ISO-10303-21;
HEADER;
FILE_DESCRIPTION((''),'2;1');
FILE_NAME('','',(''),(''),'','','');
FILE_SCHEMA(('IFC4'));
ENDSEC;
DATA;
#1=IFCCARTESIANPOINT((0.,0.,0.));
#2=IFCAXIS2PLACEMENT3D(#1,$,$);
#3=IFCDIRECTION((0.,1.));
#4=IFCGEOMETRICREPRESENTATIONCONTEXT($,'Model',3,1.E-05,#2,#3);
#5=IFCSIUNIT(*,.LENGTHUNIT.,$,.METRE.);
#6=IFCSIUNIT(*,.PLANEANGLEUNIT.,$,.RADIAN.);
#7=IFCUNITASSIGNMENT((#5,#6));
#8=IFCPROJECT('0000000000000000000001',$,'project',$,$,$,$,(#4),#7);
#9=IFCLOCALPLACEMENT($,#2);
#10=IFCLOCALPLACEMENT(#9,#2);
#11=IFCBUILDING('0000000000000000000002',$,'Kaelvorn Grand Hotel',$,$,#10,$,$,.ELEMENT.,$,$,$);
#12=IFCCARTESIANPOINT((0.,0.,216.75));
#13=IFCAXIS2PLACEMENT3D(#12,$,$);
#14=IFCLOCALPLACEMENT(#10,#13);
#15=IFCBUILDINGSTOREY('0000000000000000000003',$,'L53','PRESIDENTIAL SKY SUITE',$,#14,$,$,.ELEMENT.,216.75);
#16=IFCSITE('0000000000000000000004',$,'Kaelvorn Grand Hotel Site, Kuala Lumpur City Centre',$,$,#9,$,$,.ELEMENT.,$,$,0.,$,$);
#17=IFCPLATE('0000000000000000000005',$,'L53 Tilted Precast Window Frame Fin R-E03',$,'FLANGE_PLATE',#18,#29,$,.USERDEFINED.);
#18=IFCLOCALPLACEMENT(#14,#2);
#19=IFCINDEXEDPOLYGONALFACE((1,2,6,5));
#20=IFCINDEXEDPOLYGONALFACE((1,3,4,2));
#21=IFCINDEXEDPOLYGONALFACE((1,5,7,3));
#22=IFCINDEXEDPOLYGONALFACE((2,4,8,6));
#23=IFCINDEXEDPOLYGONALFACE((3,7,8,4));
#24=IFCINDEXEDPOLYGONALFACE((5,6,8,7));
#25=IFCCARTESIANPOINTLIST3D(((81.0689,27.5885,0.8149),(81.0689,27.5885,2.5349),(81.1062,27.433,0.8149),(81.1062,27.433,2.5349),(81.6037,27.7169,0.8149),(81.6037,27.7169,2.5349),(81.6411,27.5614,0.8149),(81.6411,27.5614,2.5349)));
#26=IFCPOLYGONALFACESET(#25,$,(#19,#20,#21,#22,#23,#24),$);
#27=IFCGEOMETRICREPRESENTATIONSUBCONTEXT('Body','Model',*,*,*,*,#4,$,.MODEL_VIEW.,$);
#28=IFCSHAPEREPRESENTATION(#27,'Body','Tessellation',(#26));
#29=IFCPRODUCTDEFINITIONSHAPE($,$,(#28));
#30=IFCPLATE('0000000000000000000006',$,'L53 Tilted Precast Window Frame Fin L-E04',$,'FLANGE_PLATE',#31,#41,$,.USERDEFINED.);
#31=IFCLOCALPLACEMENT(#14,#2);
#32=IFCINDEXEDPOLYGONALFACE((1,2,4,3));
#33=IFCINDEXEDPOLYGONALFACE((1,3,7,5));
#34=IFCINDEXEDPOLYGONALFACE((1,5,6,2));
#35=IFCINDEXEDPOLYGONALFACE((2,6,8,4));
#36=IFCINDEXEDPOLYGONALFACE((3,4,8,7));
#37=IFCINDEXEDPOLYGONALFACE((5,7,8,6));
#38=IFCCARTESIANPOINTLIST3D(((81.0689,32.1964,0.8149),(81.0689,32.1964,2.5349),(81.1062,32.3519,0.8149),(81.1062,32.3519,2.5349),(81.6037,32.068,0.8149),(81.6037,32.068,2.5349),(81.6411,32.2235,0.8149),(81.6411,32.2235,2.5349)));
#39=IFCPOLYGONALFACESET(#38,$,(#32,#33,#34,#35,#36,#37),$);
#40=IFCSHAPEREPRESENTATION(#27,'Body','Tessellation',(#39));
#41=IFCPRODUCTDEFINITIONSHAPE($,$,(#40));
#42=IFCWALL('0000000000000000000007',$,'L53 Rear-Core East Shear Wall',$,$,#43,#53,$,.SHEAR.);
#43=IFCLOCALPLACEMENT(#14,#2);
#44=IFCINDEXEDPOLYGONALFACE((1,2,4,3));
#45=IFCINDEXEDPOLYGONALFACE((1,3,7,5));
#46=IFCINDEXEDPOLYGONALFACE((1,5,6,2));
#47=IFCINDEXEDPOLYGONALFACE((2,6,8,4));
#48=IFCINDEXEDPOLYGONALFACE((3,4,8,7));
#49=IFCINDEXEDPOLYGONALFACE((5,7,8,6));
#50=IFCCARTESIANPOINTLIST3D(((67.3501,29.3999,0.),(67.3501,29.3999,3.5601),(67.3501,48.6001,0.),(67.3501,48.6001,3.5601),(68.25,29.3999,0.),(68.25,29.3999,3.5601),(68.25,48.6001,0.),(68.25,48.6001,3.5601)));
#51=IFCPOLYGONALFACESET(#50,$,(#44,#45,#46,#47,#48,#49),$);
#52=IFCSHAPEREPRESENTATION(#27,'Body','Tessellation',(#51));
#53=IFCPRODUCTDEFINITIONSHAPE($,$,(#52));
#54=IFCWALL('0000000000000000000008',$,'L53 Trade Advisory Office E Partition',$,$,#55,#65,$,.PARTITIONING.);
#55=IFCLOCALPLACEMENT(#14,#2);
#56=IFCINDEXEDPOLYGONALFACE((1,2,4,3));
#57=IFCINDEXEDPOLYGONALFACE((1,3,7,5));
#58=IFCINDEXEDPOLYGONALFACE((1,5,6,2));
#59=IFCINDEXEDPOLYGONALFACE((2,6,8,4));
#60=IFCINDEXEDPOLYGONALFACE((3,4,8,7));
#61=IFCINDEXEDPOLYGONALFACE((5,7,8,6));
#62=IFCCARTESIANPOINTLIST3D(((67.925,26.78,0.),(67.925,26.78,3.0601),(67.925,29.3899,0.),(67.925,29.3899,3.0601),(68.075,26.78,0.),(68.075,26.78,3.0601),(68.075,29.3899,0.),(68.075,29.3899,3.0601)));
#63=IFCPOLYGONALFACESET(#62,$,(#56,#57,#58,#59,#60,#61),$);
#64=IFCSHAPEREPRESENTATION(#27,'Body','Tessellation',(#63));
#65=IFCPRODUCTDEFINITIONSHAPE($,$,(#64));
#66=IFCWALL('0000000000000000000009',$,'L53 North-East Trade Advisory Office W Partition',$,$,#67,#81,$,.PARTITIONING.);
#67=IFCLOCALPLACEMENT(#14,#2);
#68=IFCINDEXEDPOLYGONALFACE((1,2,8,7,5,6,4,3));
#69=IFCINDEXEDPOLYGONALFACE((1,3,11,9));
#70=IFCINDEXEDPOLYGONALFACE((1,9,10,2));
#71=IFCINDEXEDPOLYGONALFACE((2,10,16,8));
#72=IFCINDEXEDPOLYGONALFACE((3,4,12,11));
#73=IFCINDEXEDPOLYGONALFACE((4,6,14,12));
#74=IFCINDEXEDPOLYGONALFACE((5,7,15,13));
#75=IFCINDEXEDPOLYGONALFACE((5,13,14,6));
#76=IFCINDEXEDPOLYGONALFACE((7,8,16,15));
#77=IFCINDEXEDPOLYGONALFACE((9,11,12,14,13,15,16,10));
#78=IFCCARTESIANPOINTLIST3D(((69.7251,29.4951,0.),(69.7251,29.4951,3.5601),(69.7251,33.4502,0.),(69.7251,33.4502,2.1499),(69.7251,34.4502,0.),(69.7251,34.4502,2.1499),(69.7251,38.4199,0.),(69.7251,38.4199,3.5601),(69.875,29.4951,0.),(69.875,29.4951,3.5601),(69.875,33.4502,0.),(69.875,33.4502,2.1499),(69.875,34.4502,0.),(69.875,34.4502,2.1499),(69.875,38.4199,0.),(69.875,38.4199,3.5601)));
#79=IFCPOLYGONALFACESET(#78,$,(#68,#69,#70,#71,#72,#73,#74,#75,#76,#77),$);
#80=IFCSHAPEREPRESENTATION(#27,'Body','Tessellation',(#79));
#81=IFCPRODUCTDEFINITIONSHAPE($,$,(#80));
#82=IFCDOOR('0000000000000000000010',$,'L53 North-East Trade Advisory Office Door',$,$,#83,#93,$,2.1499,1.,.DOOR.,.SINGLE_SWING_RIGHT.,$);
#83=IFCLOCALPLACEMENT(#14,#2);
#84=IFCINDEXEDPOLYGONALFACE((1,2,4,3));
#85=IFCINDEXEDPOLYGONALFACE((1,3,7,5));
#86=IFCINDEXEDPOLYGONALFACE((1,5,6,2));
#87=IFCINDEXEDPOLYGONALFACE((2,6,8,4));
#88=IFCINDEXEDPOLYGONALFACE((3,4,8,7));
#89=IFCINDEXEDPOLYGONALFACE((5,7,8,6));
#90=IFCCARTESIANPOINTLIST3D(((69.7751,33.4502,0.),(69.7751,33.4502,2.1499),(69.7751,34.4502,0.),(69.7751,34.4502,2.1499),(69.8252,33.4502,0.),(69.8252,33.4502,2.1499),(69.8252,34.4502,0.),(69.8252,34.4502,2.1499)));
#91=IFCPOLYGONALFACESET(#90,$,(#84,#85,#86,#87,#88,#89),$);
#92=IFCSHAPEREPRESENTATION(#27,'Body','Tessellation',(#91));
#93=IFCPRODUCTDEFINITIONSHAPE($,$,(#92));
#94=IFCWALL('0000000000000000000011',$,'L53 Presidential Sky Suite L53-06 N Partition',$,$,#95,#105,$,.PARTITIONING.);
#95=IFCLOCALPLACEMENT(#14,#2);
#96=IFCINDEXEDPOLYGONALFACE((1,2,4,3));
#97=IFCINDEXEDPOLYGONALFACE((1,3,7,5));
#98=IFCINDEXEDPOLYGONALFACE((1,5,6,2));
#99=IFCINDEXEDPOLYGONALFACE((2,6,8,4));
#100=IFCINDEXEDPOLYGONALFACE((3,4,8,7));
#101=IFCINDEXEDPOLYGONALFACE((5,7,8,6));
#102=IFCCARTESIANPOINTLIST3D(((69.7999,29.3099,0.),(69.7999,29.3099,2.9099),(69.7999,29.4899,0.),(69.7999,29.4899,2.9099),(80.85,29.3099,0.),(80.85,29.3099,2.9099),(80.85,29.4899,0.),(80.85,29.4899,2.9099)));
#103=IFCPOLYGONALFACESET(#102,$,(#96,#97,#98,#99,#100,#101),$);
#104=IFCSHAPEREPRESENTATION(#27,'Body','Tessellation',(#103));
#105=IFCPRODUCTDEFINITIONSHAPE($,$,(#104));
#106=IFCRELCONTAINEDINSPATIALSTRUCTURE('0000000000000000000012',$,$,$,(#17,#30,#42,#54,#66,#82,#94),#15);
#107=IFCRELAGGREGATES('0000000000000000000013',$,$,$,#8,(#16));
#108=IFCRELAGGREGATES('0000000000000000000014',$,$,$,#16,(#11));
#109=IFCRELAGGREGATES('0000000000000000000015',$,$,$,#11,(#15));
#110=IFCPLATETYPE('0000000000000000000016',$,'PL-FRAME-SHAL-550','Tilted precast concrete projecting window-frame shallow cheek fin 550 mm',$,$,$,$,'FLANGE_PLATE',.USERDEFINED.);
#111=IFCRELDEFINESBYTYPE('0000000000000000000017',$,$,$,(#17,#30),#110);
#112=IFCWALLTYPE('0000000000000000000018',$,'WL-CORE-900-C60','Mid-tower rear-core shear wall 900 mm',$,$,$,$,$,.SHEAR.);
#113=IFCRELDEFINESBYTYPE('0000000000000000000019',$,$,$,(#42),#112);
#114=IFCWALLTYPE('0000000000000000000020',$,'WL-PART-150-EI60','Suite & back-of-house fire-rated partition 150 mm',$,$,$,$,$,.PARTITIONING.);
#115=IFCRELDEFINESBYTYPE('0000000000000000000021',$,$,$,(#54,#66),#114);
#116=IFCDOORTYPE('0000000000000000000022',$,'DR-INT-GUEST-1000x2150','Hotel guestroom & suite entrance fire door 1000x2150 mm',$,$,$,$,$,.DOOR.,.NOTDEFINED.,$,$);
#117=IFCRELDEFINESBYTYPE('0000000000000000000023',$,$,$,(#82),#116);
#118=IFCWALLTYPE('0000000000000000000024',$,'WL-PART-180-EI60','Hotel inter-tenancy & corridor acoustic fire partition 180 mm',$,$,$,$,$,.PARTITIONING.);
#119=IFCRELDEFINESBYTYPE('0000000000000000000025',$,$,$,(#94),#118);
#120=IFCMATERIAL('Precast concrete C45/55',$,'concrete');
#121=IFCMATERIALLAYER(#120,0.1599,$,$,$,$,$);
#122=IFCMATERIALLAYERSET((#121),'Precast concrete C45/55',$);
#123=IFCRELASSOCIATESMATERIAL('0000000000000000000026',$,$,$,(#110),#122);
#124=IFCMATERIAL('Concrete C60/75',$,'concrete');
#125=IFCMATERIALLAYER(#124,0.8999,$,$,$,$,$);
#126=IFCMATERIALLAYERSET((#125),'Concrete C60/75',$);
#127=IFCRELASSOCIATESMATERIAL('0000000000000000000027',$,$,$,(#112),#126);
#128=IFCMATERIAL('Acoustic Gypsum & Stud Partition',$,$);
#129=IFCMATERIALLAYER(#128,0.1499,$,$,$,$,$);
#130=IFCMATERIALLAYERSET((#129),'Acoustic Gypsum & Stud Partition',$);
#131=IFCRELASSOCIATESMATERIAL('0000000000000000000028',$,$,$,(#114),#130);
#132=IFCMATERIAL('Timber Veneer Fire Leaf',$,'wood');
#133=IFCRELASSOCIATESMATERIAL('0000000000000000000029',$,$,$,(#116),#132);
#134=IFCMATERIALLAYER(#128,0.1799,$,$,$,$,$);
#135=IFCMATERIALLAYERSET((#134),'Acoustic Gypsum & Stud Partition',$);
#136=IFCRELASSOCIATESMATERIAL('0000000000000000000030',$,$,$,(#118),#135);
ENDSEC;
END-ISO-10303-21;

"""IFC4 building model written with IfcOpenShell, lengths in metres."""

from ifc_helpers import new_model, si_unit, direction, frame, frame_2d, origin, origin_2d, place, context, subcontext, project, spatial, rectangle, extrude, material, layer, layer_set, type_object, element, fill, save


model = new_model("IFC4")

# Units and contexts
model_context = context("Model", 3, precision=1e-05, world=origin(), true_north=direction((0.0, 1.0)))
body_context = subcontext(model_context, "Body", "Model", "MODEL_VIEW")
ifc_project = project(units=[si_unit("LENGTHUNIT", "METRE"), si_unit("PLANEANGLEUNIT", "RADIAN")], contexts=[model_context])

# Site, building, storey
site_placement = place(None, origin())
site = spatial("IfcSite", under=ifc_project, at=site_placement, Name="Kaelvorn Grand Hotel Site, Kuala Lumpur City Centre", CompositionType="ELEMENT", RefElevation=0.0)
building_placement = place(site_placement, origin())
building = spatial("IfcBuilding", under=site, at=building_placement, Name="Kaelvorn Grand Hotel", CompositionType="ELEMENT")
storey_placement = place(building_placement, frame((0.0, 0.0, 216.75)))
storey = spatial("IfcBuildingStorey", under=building, at=storey_placement, Name="L53", Description="PRESIDENTIAL SKY SUITE", CompositionType="ELEMENT", Elevation=216.75)

# Shared definitions
ifc_material_1 = material(Name="Concrete C60/75", Category="concrete")

# Plates
ifc_material_2 = material(Name="Precast concrete C45/55", Category="concrete")
ifc_layer_1 = layer(ifc_material_2, 0.1599)
ifc_layer_set_1 = layer_set([ifc_layer_1], Name="Precast concrete C45/55")
plate_type_1 = type_object("IfcPlateType", Name="PL-FRAME-SHAL-550", Description="Tilted precast concrete projecting window-frame shallow cheek fin 550 mm", ElementType="FLANGE_PLATE", PredefinedType="USERDEFINED", material=ifc_layer_set_1)
for number, where, z_axis, x_axis, name in (
    (1, (81.355, 27.575, 0.8149), (0.0, 0.0, 1.0), (-0.233445, 0.97237, 0.0), "L53 Tilted Precast Window Frame Fin R-E03"),
    (2, (81.355, 32.21, 0.8149), (0.0, 0.0, 1.0), (0.233445, 0.97237, 0.0), "L53 Tilted Precast Window Frame Fin L-E04"),
):
    element("IfcPlate", number, at=place(storey_placement, frame(where, z_axis=z_axis, x_axis=x_axis)), inside=storey, type_object=plate_type_1, Name=name, ObjectType="FLANGE_PLATE", PredefinedType="USERDEFINED", context=body_context, shape_type="SweptSolid", body=[
        extrude(rectangle(XDim=0.1599, YDim=0.55, at=origin_2d()), origin(), (0.0, 0.0, 1.0), 1.72),
    ])

# Walls
ifc_layer_2 = layer(ifc_material_1, 0.8999)
ifc_layer_set_2 = layer_set([ifc_layer_2], Name="Concrete C60/75")
wall_type_1 = type_object("IfcWallType", Name="WL-CORE-900-C60", Description="Mid-tower rear-core shear wall 900 mm", PredefinedType="SHEAR", material=ifc_layer_set_2)
wall_1_placement = place(storey_placement, frame((67.8, 29.3999, 0.0), z_axis=(0.0, 0.0, 1.0), x_axis=(0.0, 1.0, 0.0)))
element("IfcWall", 3, at=wall_1_placement, inside=storey, type_object=wall_type_1, Name="L53 Rear-Core East Shear Wall", PredefinedType="SHEAR", context=body_context, shape_type="SweptSolid", body=[
    extrude(rectangle(XDim=19.2002, YDim=0.8999, at=frame_2d((9.6001, 0.0))), origin(), (0.0, 0.0, 1.0), 3.5601),
])
ifc_material_3 = material(Name="Acoustic Gypsum & Stud Partition")
ifc_layer_3 = layer(ifc_material_3, 0.1499)
ifc_layer_set_3 = layer_set([ifc_layer_3], Name="Acoustic Gypsum & Stud Partition")
wall_type_2 = type_object("IfcWallType", Name="WL-PART-150-EI60", Description="Suite & back-of-house fire-rated partition 150 mm", PredefinedType="PARTITIONING", material=ifc_layer_set_3)
wall_2_placement = place(storey_placement, frame((68.0, 26.78, 0.0), z_axis=(0.0, 0.0, 1.0), x_axis=(0.0, 1.0, 0.0)))
element("IfcWall", 4, at=wall_2_placement, inside=storey, type_object=wall_type_2, Name="L53 Trade Advisory Office E Partition", PredefinedType="PARTITIONING", context=body_context, shape_type="SweptSolid", body=[
    extrude(rectangle(XDim=2.6099, YDim=0.1499, at=frame_2d((1.3049, 0.0))), origin(), (0.0, 0.0, 1.0), 3.0601),
])

# Wall, opening, door
wall_3_placement = place(storey_placement, frame((69.8, 29.4951, 0.0), z_axis=(0.0, 0.0, 1.0), x_axis=(0.0, 1.0, 0.0)))
wall_3 = element("IfcWall", 5, at=wall_3_placement, inside=storey, type_object=wall_type_2, Name="L53 North-East Trade Advisory Office W Partition", PredefinedType="PARTITIONING", context=body_context, shape_type="SweptSolid", body=[
    extrude(rectangle(XDim=8.9248, YDim=0.1499, at=frame_2d((4.4624, 0.0))), origin(), (0.0, 0.0, 1.0), 3.5601),
])
opening_1_placement = place(wall_3_placement, frame((3.9551, 0.0, 0.0)))
opening_1 = element("IfcOpeningElement", 6, at=opening_1_placement, cuts=wall_3, PredefinedType="OPENING", context=body_context, shape_type="SweptSolid", body=[
    extrude(rectangle(XDim=1.0, YDim=2.1499, at=frame_2d((0.5, 1.075))), frame((0.0, 0.085, 0.0), z_axis=(0.0, -1.0, 0.0), x_axis=(1.0, 0.0, 0.0)), (0.0, 0.0, 1.0), 0.1699),
])
ifc_material_4 = material(Name="Timber Veneer Fire Leaf", Category="wood")
door_type = type_object("IfcDoorType", Name="DR-INT-GUEST-1000x2150", Description="Hotel guestroom & suite entrance fire door 1000x2150 mm", OperationType="NOTDEFINED", PredefinedType="DOOR", material=ifc_material_4)
door_1_placement = place(opening_1_placement, origin())
door_1 = element("IfcDoor", 7, at=door_1_placement, inside=storey, type_object=door_type, Name="L53 North-East Trade Advisory Office Door", OperationType="SINGLE_SWING_RIGHT", OverallHeight=2.1499, OverallWidth=1.0, PredefinedType="DOOR", context=body_context, shape_type="SweptSolid", body=[
    extrude(rectangle(XDim=1.0, YDim=2.1499, at=frame_2d((0.5, 1.075))), frame((0.0, 0.0249, 0.0), z_axis=(0.0, -1.0, 0.0), x_axis=(1.0, 0.0, 0.0)), (0.0, 0.0, 1.0), 0.05),
])
fill(opening_1, door_1)

# Wall
ifc_layer_4 = layer(ifc_material_3, 0.1799)
ifc_layer_set_4 = layer_set([ifc_layer_4], Name="Acoustic Gypsum & Stud Partition")
wall_type_3 = type_object("IfcWallType", Name="WL-PART-180-EI60", Description="Hotel inter-tenancy & corridor acoustic fire partition 180 mm", PredefinedType="PARTITIONING", material=ifc_layer_set_4)
wall_4_placement = place(storey_placement, frame((69.8, 29.3999, 0.0), z_axis=(0.0, 0.0, 1.0), x_axis=(1.0, 0.0, 0.0)))
element("IfcWall", 8, at=wall_4_placement, inside=storey, type_object=wall_type_3, Name="L53 Presidential Sky Suite L53-06 N Partition", PredefinedType="PARTITIONING", context=body_context, shape_type="SweptSolid", body=[
    extrude(rectangle(XDim=11.05, YDim=0.1799, at=frame_2d((5.5249, 0.0))), origin(), (0.0, 0.0, 1.0), 2.9099),
])

save(model, "model.ifc")
